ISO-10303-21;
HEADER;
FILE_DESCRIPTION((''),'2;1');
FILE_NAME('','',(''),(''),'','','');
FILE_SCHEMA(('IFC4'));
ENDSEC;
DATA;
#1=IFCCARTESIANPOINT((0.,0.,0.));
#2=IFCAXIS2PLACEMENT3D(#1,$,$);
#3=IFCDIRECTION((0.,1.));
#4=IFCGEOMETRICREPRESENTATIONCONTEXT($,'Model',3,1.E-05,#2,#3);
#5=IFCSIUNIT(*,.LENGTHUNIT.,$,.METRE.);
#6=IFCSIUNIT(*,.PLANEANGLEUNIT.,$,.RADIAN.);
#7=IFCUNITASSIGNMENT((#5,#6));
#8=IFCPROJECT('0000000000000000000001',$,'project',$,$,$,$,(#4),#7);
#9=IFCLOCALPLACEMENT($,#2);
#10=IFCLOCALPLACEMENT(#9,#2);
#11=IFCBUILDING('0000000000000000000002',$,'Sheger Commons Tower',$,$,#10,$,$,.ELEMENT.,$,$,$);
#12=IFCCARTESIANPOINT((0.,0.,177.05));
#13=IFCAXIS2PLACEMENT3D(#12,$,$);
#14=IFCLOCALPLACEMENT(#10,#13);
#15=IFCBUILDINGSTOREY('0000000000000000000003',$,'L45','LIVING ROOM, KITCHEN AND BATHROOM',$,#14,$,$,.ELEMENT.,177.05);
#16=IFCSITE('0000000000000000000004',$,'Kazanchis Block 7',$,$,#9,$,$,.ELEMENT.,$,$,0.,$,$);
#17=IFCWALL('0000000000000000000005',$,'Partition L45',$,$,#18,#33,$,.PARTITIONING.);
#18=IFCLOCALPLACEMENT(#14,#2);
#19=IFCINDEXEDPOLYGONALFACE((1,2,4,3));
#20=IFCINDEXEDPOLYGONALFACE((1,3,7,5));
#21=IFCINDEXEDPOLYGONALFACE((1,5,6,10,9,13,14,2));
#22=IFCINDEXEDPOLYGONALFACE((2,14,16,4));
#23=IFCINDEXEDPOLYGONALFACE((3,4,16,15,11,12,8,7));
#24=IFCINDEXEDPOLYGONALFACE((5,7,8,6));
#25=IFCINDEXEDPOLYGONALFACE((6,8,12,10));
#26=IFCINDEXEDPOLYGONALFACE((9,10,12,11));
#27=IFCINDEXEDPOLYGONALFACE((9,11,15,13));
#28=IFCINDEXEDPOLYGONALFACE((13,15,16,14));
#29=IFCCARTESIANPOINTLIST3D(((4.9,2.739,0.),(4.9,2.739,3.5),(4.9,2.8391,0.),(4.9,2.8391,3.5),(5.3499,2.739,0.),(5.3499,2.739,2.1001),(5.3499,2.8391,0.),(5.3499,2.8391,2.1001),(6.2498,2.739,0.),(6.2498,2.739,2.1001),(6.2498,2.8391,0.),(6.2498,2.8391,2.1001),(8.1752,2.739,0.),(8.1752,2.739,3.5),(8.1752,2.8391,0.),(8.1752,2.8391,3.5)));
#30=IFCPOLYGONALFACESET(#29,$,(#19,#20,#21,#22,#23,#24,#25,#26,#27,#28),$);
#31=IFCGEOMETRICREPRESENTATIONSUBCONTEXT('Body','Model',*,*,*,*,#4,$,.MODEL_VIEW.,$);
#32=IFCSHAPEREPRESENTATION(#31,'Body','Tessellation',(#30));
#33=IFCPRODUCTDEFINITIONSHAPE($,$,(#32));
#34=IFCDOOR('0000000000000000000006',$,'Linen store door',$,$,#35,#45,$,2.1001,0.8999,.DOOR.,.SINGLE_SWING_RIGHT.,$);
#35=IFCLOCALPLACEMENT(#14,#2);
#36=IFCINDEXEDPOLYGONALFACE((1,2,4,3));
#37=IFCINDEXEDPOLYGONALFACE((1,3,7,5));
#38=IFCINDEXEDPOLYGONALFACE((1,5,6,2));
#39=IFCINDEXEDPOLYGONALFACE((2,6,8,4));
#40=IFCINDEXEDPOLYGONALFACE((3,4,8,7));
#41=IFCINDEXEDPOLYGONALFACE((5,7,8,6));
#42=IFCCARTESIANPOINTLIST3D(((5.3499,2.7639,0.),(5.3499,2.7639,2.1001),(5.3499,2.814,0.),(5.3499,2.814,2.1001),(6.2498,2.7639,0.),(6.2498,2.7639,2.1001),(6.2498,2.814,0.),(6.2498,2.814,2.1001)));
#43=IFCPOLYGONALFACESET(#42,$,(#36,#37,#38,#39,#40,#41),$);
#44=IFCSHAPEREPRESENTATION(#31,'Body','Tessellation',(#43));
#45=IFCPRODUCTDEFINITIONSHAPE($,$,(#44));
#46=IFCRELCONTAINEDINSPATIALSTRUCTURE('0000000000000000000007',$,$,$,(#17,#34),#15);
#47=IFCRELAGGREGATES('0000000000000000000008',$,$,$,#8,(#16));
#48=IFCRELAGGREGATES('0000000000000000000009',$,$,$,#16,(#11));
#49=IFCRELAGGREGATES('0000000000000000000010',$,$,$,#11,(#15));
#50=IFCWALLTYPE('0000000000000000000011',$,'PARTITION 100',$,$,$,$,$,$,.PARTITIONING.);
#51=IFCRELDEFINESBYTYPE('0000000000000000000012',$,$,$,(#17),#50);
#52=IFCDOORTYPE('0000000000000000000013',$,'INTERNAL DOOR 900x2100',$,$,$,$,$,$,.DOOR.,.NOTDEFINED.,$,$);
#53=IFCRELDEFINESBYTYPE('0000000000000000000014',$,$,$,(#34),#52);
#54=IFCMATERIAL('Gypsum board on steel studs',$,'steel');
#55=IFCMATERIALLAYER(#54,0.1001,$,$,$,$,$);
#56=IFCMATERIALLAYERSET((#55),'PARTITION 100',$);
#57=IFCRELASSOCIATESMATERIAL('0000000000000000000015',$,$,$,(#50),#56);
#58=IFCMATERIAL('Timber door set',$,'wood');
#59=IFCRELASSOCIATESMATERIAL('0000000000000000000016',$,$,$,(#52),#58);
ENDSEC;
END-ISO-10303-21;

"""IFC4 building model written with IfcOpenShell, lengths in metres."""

from ifc_helpers import new_model, si_unit, direction, frame, frame_2d, origin, place, context, subcontext, project, spatial, rectangle, extrude, material, layer, layer_set, type_object, element, fill, save


model = new_model("IFC4")

# Units and contexts
model_context = context("Model", 3, precision=1e-05, world=origin(), true_north=direction((0.0, 1.0)))
body_context = subcontext(model_context, "Body", "Model", "MODEL_VIEW")
ifc_project = project(units=[si_unit("LENGTHUNIT", "METRE"), si_unit("PLANEANGLEUNIT", "RADIAN")], contexts=[model_context])

# Site, building, storey
site_placement = place(None, origin())
site = spatial("IfcSite", under=ifc_project, at=site_placement, Name="Kazanchis Block 7", CompositionType="ELEMENT", RefElevation=0.0)
building_placement = place(site_placement, origin())
building = spatial("IfcBuilding", under=site, at=building_placement, Name="Sheger Commons Tower", CompositionType="ELEMENT")
storey_placement = place(building_placement, frame((0.0, 0.0, 177.05)))
storey = spatial("IfcBuildingStorey", under=building, at=storey_placement, Name="L45", Description="LIVING ROOM, KITCHEN AND BATHROOM", CompositionType="ELEMENT", Elevation=177.05)

# Shared definitions
ifc_material_1 = material(Name="Gypsum board on steel studs", Category="steel")
ifc_layer = layer(ifc_material_1, 0.1001)
ifc_layer_set = layer_set([ifc_layer], Name="PARTITION 100")
wall_type = type_object("IfcWallType", Name="PARTITION 100", PredefinedType="PARTITIONING", material=ifc_layer_set)
ifc_material_2 = material(Name="Timber door set", Category="wood")
door_type = type_object("IfcDoorType", Name="INTERNAL DOOR 900x2100", OperationType="NOTDEFINED", PredefinedType="DOOR", material=ifc_material_2)

# Wall, opening, door
wall_1_placement = place(storey_placement, frame((4.8999, 2.7891, 0.0), z_axis=(0.0, 0.0, 1.0), x_axis=(1.0, 0.0, 0.0)))
wall_1 = element("IfcWall", 1, at=wall_1_placement, inside=storey, type_object=wall_type, Name="Partition L45", PredefinedType="PARTITIONING", context=body_context, shape_type="SweptSolid", body=[
    extrude(rectangle(XDim=3.2751, YDim=0.1001, at=frame_2d((1.6377, 0.0))), origin(), (0.0, 0.0, 1.0), 3.5),
])
opening_1_placement = place(wall_1_placement, frame((0.45, 0.0, 0.0)))
opening_1 = element("IfcOpeningElement", 2, at=opening_1_placement, cuts=wall_1, PredefinedType="OPENING", context=body_context, shape_type="SweptSolid", body=[
    extrude(rectangle(XDim=0.8999, YDim=2.1001, at=frame_2d((0.45, 1.05))), frame((0.0, 0.0601, 0.0), z_axis=(0.0, -1.0, 0.0), x_axis=(1.0, 0.0, 0.0)), (0.0, 0.0, 1.0), 0.1201),
])
door_1_placement = place(opening_1_placement, origin())
door_1 = element("IfcDoor", 3, at=door_1_placement, inside=storey, type_object=door_type, Name="Linen store door", OperationType="SINGLE_SWING_RIGHT", OverallHeight=2.1001, OverallWidth=0.8999, PredefinedType="DOOR", context=body_context, shape_type="SweptSolid", body=[
    extrude(rectangle(XDim=0.8999, YDim=2.1001, at=frame_2d((0.45, 1.05))), frame((0.0, 0.0249, 0.0), z_axis=(0.0, -1.0, 0.0), x_axis=(1.0, 0.0, 0.0)), (0.0, 0.0, 1.0), 0.05),
])
fill(opening_1, door_1)

save(model, "model.ifc")
